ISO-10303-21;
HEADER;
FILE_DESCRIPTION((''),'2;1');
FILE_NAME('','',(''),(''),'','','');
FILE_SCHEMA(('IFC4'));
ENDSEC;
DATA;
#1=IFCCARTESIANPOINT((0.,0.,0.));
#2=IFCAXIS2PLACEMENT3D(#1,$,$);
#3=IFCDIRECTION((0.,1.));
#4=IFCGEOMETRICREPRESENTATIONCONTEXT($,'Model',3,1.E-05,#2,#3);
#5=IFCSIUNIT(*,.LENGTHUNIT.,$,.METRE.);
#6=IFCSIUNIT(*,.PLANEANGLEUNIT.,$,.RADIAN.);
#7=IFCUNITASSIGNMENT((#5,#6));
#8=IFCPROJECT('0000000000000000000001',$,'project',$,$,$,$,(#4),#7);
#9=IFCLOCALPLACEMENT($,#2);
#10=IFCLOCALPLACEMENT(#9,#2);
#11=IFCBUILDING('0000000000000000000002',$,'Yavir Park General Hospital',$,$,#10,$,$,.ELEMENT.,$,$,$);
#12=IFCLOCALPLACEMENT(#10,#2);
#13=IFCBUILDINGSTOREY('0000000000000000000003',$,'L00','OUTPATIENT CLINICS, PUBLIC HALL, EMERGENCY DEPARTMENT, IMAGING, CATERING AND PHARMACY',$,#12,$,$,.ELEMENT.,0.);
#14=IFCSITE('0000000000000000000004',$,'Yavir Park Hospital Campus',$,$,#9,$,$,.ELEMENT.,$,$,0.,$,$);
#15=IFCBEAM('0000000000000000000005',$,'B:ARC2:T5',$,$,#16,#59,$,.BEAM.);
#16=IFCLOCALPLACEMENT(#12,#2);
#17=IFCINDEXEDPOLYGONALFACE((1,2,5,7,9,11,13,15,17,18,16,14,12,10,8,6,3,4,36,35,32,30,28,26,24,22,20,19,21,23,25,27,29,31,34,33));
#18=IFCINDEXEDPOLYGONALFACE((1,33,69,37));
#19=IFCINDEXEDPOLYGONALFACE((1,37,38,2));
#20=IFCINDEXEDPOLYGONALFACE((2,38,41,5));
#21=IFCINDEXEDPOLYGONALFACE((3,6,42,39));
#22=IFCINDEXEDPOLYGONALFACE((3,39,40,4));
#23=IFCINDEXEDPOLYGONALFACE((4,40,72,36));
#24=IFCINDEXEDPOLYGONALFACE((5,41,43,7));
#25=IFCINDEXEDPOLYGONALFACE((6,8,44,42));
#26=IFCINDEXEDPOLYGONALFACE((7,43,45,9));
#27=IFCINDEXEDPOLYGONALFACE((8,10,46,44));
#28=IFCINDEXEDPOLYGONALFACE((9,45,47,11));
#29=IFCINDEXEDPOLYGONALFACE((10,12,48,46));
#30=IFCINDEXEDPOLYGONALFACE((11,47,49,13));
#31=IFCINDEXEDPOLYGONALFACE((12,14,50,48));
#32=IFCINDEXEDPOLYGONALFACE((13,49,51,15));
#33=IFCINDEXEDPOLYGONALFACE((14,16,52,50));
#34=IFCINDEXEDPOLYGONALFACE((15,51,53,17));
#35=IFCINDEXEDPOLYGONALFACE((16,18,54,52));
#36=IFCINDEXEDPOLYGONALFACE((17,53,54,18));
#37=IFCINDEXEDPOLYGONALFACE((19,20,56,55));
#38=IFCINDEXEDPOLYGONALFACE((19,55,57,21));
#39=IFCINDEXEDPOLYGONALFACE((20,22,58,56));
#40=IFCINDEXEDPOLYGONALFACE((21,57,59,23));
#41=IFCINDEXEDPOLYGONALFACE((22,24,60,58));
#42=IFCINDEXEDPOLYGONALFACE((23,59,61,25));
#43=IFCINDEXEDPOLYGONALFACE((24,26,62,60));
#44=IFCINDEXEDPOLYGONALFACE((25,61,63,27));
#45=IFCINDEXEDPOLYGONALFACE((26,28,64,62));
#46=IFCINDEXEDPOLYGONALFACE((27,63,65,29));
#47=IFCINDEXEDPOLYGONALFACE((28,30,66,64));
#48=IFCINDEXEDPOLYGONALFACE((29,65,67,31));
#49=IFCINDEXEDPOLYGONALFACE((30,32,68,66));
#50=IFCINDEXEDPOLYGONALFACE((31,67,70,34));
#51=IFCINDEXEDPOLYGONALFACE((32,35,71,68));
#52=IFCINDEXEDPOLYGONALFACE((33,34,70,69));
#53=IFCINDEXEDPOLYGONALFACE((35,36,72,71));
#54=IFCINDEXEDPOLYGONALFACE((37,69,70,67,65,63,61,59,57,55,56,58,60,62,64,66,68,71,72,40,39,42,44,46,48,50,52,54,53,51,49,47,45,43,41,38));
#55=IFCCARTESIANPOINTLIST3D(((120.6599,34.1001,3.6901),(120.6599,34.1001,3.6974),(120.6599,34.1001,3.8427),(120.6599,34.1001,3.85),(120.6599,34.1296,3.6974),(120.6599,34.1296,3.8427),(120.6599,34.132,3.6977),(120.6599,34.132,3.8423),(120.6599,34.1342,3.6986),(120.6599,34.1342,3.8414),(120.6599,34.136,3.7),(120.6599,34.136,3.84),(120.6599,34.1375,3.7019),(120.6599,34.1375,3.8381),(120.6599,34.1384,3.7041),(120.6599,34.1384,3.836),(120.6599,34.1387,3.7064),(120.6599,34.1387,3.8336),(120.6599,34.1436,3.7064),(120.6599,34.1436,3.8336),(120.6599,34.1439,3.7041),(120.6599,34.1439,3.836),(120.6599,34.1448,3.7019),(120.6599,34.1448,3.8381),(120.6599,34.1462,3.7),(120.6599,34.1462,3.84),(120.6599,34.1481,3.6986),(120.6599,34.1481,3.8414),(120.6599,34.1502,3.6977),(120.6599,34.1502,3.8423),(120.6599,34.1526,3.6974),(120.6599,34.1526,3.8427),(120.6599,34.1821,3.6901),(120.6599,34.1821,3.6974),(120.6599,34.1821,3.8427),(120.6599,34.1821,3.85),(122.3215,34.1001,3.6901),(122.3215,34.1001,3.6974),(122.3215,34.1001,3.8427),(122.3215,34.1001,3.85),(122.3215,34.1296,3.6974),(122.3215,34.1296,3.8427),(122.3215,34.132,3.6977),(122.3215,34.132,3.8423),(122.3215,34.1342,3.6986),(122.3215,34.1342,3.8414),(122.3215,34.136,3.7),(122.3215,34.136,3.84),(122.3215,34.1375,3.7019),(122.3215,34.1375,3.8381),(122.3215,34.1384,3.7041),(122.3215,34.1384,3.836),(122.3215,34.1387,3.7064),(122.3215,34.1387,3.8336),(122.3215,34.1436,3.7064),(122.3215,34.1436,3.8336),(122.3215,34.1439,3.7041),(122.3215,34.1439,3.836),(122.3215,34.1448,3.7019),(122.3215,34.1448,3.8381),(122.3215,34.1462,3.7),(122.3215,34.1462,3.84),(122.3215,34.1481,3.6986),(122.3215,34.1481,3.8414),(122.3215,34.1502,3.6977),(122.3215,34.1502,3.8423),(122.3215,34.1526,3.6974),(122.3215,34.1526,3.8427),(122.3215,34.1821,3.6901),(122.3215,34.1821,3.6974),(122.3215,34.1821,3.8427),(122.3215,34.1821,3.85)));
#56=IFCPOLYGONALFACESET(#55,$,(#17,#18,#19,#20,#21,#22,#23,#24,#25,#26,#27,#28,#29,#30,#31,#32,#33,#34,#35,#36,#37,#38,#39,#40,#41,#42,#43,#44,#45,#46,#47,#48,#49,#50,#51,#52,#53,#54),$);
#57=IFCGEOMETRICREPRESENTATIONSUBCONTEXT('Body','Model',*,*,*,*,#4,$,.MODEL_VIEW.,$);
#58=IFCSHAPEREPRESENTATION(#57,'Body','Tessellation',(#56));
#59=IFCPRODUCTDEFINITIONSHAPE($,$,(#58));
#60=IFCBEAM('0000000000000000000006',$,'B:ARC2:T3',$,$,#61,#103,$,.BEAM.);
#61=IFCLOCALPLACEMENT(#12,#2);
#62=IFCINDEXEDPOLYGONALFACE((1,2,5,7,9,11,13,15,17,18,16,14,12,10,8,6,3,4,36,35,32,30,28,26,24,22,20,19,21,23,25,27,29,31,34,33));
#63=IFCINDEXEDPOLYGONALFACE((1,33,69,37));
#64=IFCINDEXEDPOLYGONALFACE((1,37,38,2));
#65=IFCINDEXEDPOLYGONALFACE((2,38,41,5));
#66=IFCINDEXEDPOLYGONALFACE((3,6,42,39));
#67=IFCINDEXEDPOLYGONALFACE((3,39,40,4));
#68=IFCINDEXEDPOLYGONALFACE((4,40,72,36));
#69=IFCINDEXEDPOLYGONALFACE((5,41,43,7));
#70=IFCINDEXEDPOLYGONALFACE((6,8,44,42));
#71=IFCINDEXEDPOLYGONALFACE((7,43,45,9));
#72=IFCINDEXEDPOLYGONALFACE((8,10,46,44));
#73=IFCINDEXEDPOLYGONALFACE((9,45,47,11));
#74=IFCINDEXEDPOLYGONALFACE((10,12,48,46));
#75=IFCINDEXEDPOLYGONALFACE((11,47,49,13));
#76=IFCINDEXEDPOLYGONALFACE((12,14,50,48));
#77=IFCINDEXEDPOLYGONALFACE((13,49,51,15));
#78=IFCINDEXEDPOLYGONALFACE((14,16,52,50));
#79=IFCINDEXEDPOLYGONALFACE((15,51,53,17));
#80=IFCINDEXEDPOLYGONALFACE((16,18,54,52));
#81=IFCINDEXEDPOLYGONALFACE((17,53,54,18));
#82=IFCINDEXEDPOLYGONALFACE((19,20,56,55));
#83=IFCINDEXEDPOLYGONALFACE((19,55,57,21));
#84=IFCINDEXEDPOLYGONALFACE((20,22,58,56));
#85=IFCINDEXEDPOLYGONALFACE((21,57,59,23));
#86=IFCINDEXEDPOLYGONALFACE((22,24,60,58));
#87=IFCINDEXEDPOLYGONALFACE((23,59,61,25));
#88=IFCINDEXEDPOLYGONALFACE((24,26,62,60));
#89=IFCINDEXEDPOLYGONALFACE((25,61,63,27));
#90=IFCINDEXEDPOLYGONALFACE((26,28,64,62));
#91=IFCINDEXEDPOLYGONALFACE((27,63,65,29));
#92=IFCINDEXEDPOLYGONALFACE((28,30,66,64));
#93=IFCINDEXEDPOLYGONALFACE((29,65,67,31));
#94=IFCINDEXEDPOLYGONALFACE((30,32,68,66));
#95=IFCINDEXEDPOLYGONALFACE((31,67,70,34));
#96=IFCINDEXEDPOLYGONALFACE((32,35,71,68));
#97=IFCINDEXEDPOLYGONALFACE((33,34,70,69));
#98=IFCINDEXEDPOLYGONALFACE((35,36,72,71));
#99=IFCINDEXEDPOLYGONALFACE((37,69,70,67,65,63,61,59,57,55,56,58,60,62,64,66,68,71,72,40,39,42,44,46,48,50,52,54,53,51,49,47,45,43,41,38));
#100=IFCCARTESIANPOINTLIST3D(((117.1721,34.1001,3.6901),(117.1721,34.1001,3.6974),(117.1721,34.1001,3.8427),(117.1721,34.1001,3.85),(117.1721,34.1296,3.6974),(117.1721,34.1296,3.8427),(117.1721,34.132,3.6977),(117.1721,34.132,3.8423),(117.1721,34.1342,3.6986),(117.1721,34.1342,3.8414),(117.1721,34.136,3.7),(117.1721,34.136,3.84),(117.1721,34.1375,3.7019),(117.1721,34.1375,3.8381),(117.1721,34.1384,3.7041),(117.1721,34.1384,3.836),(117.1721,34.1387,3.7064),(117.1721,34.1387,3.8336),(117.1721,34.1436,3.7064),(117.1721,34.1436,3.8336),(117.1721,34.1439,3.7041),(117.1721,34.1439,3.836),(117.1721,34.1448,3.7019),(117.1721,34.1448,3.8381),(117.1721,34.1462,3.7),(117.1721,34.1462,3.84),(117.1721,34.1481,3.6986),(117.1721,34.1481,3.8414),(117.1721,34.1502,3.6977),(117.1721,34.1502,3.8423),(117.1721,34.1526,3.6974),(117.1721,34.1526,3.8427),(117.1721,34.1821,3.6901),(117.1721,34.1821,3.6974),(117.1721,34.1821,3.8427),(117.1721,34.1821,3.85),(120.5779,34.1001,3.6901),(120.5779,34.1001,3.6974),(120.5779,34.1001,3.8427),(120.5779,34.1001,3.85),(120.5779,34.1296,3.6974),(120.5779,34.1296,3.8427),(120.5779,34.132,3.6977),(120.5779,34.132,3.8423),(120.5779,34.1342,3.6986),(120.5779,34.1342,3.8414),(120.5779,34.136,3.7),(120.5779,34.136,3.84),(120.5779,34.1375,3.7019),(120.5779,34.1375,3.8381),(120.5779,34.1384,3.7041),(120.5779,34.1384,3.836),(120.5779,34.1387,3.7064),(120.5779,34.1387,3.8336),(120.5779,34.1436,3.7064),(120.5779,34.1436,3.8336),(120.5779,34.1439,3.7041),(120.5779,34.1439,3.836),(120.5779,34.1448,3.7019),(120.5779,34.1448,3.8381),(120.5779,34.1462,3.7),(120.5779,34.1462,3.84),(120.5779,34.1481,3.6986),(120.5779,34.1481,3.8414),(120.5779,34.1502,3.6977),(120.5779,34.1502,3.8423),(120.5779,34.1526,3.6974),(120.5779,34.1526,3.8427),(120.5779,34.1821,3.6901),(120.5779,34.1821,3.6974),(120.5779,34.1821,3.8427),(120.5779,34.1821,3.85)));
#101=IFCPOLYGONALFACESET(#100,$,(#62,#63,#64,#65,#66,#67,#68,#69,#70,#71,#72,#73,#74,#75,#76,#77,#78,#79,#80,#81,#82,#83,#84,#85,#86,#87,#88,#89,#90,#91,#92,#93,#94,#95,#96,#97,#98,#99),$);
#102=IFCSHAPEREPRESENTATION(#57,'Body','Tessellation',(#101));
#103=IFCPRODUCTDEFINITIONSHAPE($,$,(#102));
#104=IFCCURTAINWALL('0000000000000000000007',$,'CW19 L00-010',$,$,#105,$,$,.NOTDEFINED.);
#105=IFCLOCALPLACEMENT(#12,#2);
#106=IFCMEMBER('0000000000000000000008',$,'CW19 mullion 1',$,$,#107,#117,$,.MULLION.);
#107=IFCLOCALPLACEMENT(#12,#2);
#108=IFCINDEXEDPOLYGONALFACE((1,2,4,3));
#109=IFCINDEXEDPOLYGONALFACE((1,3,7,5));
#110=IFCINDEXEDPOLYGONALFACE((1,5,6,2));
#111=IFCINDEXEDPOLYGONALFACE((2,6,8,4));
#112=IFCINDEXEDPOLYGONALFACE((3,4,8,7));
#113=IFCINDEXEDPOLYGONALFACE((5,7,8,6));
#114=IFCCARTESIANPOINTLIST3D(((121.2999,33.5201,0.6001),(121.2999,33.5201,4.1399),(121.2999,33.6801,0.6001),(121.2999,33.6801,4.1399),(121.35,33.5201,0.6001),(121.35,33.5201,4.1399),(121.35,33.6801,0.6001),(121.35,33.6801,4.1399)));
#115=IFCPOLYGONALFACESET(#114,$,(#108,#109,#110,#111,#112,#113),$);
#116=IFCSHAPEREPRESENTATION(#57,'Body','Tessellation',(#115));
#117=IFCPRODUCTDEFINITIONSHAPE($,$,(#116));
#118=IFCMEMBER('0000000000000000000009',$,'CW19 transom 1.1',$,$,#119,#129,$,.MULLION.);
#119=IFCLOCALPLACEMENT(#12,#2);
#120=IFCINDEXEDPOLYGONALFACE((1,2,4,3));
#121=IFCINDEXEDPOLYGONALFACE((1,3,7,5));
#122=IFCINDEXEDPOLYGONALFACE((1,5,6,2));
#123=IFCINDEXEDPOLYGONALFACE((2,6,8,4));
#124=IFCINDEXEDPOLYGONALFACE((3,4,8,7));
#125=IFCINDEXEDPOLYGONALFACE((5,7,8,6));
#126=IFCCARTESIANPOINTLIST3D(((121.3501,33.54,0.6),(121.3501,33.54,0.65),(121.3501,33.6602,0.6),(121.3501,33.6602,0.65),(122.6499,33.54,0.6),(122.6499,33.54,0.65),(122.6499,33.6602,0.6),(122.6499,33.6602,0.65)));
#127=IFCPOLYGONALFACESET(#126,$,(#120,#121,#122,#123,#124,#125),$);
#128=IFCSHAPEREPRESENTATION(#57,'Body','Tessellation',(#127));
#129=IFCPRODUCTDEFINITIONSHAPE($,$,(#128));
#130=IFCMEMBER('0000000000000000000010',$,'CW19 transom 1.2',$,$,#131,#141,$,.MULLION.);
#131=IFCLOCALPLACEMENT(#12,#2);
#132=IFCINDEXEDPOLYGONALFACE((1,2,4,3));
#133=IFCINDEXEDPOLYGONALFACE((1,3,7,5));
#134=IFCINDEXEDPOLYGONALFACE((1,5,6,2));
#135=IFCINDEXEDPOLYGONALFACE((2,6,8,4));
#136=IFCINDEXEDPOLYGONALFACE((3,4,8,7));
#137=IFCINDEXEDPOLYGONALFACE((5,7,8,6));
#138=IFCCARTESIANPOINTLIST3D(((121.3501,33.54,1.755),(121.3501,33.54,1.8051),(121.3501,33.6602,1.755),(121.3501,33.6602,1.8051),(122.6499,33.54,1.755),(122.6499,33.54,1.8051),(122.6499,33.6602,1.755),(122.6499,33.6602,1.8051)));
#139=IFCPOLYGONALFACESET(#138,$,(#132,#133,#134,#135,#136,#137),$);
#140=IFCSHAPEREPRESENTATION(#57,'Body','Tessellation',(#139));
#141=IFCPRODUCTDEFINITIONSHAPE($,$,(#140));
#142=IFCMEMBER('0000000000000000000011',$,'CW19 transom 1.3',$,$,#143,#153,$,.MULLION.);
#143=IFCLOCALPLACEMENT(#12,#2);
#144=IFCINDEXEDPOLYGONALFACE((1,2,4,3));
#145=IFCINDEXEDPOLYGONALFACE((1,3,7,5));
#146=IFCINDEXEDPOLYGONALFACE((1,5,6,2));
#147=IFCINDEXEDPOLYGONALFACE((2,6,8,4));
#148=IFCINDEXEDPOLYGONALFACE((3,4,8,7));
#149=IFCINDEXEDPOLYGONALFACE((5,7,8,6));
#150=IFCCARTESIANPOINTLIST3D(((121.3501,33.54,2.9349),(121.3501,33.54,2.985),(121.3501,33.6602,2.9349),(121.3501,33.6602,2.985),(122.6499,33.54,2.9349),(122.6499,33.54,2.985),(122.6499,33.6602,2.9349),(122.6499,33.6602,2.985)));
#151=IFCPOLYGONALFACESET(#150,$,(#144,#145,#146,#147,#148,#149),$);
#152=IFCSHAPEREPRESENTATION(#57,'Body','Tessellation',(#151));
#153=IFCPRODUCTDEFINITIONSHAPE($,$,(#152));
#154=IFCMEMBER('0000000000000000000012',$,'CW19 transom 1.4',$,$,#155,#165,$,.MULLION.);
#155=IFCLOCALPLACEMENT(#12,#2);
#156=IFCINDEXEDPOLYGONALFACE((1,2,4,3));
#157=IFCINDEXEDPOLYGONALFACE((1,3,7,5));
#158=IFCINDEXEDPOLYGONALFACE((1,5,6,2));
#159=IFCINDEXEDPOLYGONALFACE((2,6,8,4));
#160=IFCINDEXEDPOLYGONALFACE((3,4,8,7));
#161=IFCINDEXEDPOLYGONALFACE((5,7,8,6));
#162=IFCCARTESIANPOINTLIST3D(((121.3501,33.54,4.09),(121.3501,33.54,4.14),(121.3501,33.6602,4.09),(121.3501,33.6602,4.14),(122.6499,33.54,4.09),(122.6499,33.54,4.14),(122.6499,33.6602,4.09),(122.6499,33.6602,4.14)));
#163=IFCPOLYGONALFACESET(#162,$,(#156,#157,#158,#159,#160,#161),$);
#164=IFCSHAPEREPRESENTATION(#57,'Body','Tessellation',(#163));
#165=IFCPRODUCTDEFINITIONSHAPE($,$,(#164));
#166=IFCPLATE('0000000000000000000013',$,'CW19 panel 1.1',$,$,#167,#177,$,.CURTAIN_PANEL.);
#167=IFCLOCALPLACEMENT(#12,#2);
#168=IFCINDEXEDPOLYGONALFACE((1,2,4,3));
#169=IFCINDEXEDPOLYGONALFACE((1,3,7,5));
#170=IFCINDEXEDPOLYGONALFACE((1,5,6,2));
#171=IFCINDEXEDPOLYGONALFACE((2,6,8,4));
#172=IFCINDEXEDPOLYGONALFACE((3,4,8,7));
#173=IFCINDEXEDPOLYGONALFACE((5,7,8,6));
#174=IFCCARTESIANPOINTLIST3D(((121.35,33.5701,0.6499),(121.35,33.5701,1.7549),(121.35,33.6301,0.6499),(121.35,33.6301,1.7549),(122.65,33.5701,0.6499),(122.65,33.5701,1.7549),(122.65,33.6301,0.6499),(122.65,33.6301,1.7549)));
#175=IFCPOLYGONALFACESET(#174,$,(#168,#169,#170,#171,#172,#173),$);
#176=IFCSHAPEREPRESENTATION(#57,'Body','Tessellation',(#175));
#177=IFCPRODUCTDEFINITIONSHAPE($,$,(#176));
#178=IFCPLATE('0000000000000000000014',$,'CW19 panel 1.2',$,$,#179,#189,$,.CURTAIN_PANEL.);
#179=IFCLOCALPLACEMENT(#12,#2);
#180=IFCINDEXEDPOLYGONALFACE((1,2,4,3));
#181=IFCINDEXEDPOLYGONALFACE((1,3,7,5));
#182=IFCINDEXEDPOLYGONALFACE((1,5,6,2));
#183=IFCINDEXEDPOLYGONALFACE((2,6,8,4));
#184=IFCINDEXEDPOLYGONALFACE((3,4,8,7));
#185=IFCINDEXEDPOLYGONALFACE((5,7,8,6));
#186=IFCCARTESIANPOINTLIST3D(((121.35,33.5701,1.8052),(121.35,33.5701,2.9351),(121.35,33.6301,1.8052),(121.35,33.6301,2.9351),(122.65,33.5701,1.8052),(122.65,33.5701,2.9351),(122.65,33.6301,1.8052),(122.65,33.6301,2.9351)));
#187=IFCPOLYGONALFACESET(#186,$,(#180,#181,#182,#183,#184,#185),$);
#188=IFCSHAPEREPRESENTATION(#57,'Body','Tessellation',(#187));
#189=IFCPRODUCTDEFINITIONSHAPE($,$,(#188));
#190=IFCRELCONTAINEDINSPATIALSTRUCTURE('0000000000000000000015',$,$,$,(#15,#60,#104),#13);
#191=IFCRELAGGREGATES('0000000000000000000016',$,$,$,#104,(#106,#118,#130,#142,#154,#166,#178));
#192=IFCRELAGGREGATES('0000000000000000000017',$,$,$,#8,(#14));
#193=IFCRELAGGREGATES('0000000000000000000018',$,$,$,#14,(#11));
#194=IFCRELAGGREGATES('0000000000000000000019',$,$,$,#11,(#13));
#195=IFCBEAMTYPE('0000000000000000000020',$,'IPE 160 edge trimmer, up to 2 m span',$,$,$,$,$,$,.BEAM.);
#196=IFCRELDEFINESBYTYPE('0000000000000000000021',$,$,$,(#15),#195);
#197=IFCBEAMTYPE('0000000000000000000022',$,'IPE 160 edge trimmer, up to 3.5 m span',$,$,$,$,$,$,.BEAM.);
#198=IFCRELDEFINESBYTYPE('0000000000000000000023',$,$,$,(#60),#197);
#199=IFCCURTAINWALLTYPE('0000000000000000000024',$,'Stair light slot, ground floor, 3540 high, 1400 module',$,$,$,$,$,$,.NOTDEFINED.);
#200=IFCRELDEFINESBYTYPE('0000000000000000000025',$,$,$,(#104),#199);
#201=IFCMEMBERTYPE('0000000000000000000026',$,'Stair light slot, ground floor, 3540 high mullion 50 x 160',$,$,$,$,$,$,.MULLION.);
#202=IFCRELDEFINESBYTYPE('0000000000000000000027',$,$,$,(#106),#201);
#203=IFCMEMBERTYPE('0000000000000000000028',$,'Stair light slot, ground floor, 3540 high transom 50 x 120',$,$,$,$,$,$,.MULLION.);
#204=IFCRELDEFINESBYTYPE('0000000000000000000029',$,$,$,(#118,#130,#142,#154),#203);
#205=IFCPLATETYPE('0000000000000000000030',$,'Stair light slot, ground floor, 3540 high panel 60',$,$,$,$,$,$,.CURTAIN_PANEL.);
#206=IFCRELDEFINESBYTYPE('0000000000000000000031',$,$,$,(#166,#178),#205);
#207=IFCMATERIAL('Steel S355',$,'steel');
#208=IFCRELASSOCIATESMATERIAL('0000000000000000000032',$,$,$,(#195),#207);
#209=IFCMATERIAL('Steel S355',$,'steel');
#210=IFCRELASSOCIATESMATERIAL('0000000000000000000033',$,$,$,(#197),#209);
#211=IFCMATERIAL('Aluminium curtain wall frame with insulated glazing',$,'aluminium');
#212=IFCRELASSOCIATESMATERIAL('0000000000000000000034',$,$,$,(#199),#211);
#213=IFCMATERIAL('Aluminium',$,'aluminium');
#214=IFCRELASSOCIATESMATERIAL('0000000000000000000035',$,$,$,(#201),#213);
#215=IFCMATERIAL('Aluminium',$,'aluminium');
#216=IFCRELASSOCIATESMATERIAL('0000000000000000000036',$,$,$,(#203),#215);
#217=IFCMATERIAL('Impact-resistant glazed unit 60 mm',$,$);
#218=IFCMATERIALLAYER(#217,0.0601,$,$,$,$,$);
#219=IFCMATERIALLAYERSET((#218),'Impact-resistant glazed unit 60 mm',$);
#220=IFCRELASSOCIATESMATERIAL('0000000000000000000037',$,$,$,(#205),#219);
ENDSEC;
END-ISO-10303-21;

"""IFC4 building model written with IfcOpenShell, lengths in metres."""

from ifc_helpers import new_model, si_unit, direction, frame, origin, origin_2d, place, context, subcontext, project, spatial, rectangle, i_section, extrude, material, layer, layer_set, material_profile, profile_set, type_object, element, aggregate, save


model = new_model("IFC4")

# Units and contexts
model_context = context("Model", 3, precision=1e-05, world=origin(), true_north=direction((0.0, 1.0)))
body_context = subcontext(model_context, "Body", "Model", "MODEL_VIEW")
ifc_project = project(units=[si_unit("LENGTHUNIT", "METRE"), si_unit("PLANEANGLEUNIT", "RADIAN")], contexts=[model_context])

# Site, building, storey
site_placement = place(None, origin())
site = spatial("IfcSite", under=ifc_project, at=site_placement, Name="Yavir Park Hospital Campus", CompositionType="ELEMENT", RefElevation=0.0)
building_placement = place(site_placement, origin())
building = spatial("IfcBuilding", under=site, at=building_placement, Name="Yavir Park General Hospital", CompositionType="ELEMENT")
storey_placement = place(building_placement, origin())
storey = spatial("IfcBuildingStorey", under=building, at=storey_placement, Name="L00", Description="OUTPATIENT CLINICS, PUBLIC HALL, EMERGENCY DEPARTMENT, IMAGING, CATERING AND PHARMACY", CompositionType="ELEMENT", Elevation=0.0)

# Beams
ifc_material_1 = material(Name="Steel S355", Category="steel")
ifc_material_profile_1 = material_profile(ifc_material_1, i_section(OverallWidth=0.082, OverallDepth=0.1599, WebThickness=0.0049, FlangeThickness=0.0073, FilletRadius=0.009, at=origin_2d()), Name="IPE160")
ifc_profile_set_1 = profile_set([ifc_material_profile_1], Name="Steel S355")
beam_type_1 = type_object("IfcBeamType", Name="IPE 160 edge trimmer, up to 2 m span", PredefinedType="BEAM", material=ifc_profile_set_1)
beam_1_placement = place(storey_placement, frame((120.6599, 34.1411, 3.77), z_axis=(1.0, 0.0, 0.0), x_axis=(0.0, 1.0, 0.0)))
element("IfcBeam", 1, at=beam_1_placement, inside=storey, type_object=beam_type_1, Name="B:ARC2:T5", PredefinedType="BEAM", context=body_context, shape_type="SweptSolid", body=[
    extrude(i_section(OverallWidth=0.082, OverallDepth=0.1599, WebThickness=0.0049, FlangeThickness=0.0073, FilletRadius=0.009, at=origin_2d()), origin(), (0.0, 0.0, 1.0), 1.6616),
])
ifc_material_2 = material(Name="Steel S355", Category="steel")
ifc_material_profile_2 = material_profile(ifc_material_2, i_section(OverallWidth=0.082, OverallDepth=0.1599, WebThickness=0.0049, FlangeThickness=0.0073, FilletRadius=0.009, at=origin_2d()), Name="IPE160")
ifc_profile_set_2 = profile_set([ifc_material_profile_2], Name="Steel S355")
beam_type_2 = type_object("IfcBeamType", Name="IPE 160 edge trimmer, up to 3.5 m span", PredefinedType="BEAM", material=ifc_profile_set_2)
beam_2_placement = place(storey_placement, frame((117.1721, 34.1411, 3.77), z_axis=(1.0, 0.0, 0.0), x_axis=(0.0, 1.0, 0.0)))
element("IfcBeam", 2, at=beam_2_placement, inside=storey, type_object=beam_type_2, Name="B:ARC2:T3", PredefinedType="BEAM", context=body_context, shape_type="SweptSolid", body=[
    extrude(i_section(OverallWidth=0.082, OverallDepth=0.1599, WebThickness=0.0049, FlangeThickness=0.0073, FilletRadius=0.009, at=origin_2d()), origin(), (0.0, 0.0, 1.0), 3.4058),
])

# Curtain wall, members, plates
ifc_material_3 = material(Name="Aluminium curtain wall frame with insulated glazing", Category="aluminium")
curtain_wall_type = type_object("IfcCurtainWallType", Name="Stair light slot, ground floor, 3540 high, 1400 module", PredefinedType="NOTDEFINED", material=ifc_material_3)
curtain_wall_placement = place(storey_placement, origin())
curtain_wall = element("IfcCurtainWall", 3, at=curtain_wall_placement, inside=storey, type_object=curtain_wall_type, Name="CW19 L00-010", PredefinedType="NOTDEFINED")
ifc_material_4 = material(Name="Aluminium", Category="aluminium")
ifc_material_profile_3 = material_profile(ifc_material_4, rectangle(XDim=0.1599, YDim=0.05, at=origin_2d()), Name="AL 50x160")
ifc_profile_set_3 = profile_set([ifc_material_profile_3], Name="Aluminium")
member_type_1 = type_object("IfcMemberType", Name="Stair light slot, ground floor, 3540 high mullion 50 x 160", PredefinedType="MULLION", material=ifc_profile_set_3)
member_1_placement = place(storey_placement, frame((121.325, 33.6001, 0.6001), z_axis=(0.0, 0.0, 1.0), x_axis=(0.0, 1.0, 0.0)))
member_1 = element("IfcMember", 4, at=member_1_placement, type_object=member_type_1, Name="CW19 mullion 1", PredefinedType="MULLION", context=body_context, shape_type="SweptSolid", body=[
    extrude(rectangle(XDim=0.1599, YDim=0.05, at=origin_2d()), origin(), (0.0, 0.0, 1.0), 3.5398),
])
ifc_material_5 = material(Name="Aluminium", Category="aluminium")
ifc_material_profile_4 = material_profile(ifc_material_5, rectangle(XDim=0.1201, YDim=0.05, at=origin_2d()), Name="AL 120x50")
ifc_profile_set_4 = profile_set([ifc_material_profile_4], Name="Aluminium")
member_type_2 = type_object("IfcMemberType", Name="Stair light slot, ground floor, 3540 high transom 50 x 120", PredefinedType="MULLION", material=ifc_profile_set_4)
member_2_placement = place(storey_placement, frame((121.3501, 33.6001, 0.625), z_axis=(1.0, 0.0, 0.0), x_axis=(0.0, 1.0, 0.0)))
member_2 = element("IfcMember", 5, at=member_2_placement, type_object=member_type_2, Name="CW19 transom 1.1", PredefinedType="MULLION", context=body_context, shape_type="SweptSolid", body=[
    extrude(rectangle(XDim=0.1201, YDim=0.05, at=origin_2d()), origin(), (0.0, 0.0, 1.0), 1.2998),
])
member_3_placement = place(storey_placement, frame((121.3501, 33.6001, 1.78), z_axis=(1.0, 0.0, 0.0), x_axis=(0.0, 1.0, 0.0)))
member_3 = element("IfcMember", 6, at=member_3_placement, type_object=member_type_2, Name="CW19 transom 1.2", PredefinedType="MULLION", context=body_context, shape_type="SweptSolid", body=[
    extrude(rectangle(XDim=0.1201, YDim=0.05, at=origin_2d()), origin(), (0.0, 0.0, 1.0), 1.2998),
])
member_4_placement = place(storey_placement, frame((121.3501, 33.6001, 2.96), z_axis=(1.0, 0.0, 0.0), x_axis=(0.0, 1.0, 0.0)))
member_4 = element("IfcMember", 7, at=member_4_placement, type_object=member_type_2, Name="CW19 transom 1.3", PredefinedType="MULLION", context=body_context, shape_type="SweptSolid", body=[
    extrude(rectangle(XDim=0.1201, YDim=0.05, at=origin_2d()), origin(), (0.0, 0.0, 1.0), 1.2998),
])
member_5_placement = place(storey_placement, frame((121.3501, 33.6001, 4.115), z_axis=(1.0, 0.0, 0.0), x_axis=(0.0, 1.0, 0.0)))
member_5 = element("IfcMember", 8, at=member_5_placement, type_object=member_type_2, Name="CW19 transom 1.4", PredefinedType="MULLION", context=body_context, shape_type="SweptSolid", body=[
    extrude(rectangle(XDim=0.1201, YDim=0.05, at=origin_2d()), origin(), (0.0, 0.0, 1.0), 1.2998),
])
ifc_material_6 = material(Name="Impact-resistant glazed unit 60 mm")
ifc_layer_1 = layer(ifc_material_6, 0.0601)
ifc_layer_set_1 = layer_set([ifc_layer_1], Name="Impact-resistant glazed unit 60 mm")
plate_type = type_object("IfcPlateType", Name="Stair light slot, ground floor, 3540 high panel 60", PredefinedType="CURTAIN_PANEL", material=ifc_layer_set_1)
plate_1_placement = place(storey_placement, frame((122.0, 33.6001, 0.6499), z_axis=(0.0, 0.0, 1.0), x_axis=(1.0, 0.0, 0.0)))
plate_1 = element("IfcPlate", 9, at=plate_1_placement, type_object=plate_type, Name="CW19 panel 1.1", PredefinedType="CURTAIN_PANEL", context=body_context, shape_type="SweptSolid", body=[
    extrude(rectangle(XDim=1.3, YDim=0.0601, at=origin_2d()), origin(), (0.0, 0.0, 1.0), 1.105),
])
plate_2_placement = place(storey_placement, frame((122.0, 33.6001, 1.8052), z_axis=(0.0, 0.0, 1.0), x_axis=(1.0, 0.0, 0.0)))
plate_2 = element("IfcPlate", 10, at=plate_2_placement, type_object=plate_type, Name="CW19 panel 1.2", PredefinedType="CURTAIN_PANEL", context=body_context, shape_type="SweptSolid", body=[
    extrude(rectangle(XDim=1.3, YDim=0.0601, at=origin_2d()), origin(), (0.0, 0.0, 1.0), 1.1299),
])
aggregate(curtain_wall, [member_1, member_2, member_3, member_4, member_5, plate_1, plate_2])

save(model, "model.ifc")
